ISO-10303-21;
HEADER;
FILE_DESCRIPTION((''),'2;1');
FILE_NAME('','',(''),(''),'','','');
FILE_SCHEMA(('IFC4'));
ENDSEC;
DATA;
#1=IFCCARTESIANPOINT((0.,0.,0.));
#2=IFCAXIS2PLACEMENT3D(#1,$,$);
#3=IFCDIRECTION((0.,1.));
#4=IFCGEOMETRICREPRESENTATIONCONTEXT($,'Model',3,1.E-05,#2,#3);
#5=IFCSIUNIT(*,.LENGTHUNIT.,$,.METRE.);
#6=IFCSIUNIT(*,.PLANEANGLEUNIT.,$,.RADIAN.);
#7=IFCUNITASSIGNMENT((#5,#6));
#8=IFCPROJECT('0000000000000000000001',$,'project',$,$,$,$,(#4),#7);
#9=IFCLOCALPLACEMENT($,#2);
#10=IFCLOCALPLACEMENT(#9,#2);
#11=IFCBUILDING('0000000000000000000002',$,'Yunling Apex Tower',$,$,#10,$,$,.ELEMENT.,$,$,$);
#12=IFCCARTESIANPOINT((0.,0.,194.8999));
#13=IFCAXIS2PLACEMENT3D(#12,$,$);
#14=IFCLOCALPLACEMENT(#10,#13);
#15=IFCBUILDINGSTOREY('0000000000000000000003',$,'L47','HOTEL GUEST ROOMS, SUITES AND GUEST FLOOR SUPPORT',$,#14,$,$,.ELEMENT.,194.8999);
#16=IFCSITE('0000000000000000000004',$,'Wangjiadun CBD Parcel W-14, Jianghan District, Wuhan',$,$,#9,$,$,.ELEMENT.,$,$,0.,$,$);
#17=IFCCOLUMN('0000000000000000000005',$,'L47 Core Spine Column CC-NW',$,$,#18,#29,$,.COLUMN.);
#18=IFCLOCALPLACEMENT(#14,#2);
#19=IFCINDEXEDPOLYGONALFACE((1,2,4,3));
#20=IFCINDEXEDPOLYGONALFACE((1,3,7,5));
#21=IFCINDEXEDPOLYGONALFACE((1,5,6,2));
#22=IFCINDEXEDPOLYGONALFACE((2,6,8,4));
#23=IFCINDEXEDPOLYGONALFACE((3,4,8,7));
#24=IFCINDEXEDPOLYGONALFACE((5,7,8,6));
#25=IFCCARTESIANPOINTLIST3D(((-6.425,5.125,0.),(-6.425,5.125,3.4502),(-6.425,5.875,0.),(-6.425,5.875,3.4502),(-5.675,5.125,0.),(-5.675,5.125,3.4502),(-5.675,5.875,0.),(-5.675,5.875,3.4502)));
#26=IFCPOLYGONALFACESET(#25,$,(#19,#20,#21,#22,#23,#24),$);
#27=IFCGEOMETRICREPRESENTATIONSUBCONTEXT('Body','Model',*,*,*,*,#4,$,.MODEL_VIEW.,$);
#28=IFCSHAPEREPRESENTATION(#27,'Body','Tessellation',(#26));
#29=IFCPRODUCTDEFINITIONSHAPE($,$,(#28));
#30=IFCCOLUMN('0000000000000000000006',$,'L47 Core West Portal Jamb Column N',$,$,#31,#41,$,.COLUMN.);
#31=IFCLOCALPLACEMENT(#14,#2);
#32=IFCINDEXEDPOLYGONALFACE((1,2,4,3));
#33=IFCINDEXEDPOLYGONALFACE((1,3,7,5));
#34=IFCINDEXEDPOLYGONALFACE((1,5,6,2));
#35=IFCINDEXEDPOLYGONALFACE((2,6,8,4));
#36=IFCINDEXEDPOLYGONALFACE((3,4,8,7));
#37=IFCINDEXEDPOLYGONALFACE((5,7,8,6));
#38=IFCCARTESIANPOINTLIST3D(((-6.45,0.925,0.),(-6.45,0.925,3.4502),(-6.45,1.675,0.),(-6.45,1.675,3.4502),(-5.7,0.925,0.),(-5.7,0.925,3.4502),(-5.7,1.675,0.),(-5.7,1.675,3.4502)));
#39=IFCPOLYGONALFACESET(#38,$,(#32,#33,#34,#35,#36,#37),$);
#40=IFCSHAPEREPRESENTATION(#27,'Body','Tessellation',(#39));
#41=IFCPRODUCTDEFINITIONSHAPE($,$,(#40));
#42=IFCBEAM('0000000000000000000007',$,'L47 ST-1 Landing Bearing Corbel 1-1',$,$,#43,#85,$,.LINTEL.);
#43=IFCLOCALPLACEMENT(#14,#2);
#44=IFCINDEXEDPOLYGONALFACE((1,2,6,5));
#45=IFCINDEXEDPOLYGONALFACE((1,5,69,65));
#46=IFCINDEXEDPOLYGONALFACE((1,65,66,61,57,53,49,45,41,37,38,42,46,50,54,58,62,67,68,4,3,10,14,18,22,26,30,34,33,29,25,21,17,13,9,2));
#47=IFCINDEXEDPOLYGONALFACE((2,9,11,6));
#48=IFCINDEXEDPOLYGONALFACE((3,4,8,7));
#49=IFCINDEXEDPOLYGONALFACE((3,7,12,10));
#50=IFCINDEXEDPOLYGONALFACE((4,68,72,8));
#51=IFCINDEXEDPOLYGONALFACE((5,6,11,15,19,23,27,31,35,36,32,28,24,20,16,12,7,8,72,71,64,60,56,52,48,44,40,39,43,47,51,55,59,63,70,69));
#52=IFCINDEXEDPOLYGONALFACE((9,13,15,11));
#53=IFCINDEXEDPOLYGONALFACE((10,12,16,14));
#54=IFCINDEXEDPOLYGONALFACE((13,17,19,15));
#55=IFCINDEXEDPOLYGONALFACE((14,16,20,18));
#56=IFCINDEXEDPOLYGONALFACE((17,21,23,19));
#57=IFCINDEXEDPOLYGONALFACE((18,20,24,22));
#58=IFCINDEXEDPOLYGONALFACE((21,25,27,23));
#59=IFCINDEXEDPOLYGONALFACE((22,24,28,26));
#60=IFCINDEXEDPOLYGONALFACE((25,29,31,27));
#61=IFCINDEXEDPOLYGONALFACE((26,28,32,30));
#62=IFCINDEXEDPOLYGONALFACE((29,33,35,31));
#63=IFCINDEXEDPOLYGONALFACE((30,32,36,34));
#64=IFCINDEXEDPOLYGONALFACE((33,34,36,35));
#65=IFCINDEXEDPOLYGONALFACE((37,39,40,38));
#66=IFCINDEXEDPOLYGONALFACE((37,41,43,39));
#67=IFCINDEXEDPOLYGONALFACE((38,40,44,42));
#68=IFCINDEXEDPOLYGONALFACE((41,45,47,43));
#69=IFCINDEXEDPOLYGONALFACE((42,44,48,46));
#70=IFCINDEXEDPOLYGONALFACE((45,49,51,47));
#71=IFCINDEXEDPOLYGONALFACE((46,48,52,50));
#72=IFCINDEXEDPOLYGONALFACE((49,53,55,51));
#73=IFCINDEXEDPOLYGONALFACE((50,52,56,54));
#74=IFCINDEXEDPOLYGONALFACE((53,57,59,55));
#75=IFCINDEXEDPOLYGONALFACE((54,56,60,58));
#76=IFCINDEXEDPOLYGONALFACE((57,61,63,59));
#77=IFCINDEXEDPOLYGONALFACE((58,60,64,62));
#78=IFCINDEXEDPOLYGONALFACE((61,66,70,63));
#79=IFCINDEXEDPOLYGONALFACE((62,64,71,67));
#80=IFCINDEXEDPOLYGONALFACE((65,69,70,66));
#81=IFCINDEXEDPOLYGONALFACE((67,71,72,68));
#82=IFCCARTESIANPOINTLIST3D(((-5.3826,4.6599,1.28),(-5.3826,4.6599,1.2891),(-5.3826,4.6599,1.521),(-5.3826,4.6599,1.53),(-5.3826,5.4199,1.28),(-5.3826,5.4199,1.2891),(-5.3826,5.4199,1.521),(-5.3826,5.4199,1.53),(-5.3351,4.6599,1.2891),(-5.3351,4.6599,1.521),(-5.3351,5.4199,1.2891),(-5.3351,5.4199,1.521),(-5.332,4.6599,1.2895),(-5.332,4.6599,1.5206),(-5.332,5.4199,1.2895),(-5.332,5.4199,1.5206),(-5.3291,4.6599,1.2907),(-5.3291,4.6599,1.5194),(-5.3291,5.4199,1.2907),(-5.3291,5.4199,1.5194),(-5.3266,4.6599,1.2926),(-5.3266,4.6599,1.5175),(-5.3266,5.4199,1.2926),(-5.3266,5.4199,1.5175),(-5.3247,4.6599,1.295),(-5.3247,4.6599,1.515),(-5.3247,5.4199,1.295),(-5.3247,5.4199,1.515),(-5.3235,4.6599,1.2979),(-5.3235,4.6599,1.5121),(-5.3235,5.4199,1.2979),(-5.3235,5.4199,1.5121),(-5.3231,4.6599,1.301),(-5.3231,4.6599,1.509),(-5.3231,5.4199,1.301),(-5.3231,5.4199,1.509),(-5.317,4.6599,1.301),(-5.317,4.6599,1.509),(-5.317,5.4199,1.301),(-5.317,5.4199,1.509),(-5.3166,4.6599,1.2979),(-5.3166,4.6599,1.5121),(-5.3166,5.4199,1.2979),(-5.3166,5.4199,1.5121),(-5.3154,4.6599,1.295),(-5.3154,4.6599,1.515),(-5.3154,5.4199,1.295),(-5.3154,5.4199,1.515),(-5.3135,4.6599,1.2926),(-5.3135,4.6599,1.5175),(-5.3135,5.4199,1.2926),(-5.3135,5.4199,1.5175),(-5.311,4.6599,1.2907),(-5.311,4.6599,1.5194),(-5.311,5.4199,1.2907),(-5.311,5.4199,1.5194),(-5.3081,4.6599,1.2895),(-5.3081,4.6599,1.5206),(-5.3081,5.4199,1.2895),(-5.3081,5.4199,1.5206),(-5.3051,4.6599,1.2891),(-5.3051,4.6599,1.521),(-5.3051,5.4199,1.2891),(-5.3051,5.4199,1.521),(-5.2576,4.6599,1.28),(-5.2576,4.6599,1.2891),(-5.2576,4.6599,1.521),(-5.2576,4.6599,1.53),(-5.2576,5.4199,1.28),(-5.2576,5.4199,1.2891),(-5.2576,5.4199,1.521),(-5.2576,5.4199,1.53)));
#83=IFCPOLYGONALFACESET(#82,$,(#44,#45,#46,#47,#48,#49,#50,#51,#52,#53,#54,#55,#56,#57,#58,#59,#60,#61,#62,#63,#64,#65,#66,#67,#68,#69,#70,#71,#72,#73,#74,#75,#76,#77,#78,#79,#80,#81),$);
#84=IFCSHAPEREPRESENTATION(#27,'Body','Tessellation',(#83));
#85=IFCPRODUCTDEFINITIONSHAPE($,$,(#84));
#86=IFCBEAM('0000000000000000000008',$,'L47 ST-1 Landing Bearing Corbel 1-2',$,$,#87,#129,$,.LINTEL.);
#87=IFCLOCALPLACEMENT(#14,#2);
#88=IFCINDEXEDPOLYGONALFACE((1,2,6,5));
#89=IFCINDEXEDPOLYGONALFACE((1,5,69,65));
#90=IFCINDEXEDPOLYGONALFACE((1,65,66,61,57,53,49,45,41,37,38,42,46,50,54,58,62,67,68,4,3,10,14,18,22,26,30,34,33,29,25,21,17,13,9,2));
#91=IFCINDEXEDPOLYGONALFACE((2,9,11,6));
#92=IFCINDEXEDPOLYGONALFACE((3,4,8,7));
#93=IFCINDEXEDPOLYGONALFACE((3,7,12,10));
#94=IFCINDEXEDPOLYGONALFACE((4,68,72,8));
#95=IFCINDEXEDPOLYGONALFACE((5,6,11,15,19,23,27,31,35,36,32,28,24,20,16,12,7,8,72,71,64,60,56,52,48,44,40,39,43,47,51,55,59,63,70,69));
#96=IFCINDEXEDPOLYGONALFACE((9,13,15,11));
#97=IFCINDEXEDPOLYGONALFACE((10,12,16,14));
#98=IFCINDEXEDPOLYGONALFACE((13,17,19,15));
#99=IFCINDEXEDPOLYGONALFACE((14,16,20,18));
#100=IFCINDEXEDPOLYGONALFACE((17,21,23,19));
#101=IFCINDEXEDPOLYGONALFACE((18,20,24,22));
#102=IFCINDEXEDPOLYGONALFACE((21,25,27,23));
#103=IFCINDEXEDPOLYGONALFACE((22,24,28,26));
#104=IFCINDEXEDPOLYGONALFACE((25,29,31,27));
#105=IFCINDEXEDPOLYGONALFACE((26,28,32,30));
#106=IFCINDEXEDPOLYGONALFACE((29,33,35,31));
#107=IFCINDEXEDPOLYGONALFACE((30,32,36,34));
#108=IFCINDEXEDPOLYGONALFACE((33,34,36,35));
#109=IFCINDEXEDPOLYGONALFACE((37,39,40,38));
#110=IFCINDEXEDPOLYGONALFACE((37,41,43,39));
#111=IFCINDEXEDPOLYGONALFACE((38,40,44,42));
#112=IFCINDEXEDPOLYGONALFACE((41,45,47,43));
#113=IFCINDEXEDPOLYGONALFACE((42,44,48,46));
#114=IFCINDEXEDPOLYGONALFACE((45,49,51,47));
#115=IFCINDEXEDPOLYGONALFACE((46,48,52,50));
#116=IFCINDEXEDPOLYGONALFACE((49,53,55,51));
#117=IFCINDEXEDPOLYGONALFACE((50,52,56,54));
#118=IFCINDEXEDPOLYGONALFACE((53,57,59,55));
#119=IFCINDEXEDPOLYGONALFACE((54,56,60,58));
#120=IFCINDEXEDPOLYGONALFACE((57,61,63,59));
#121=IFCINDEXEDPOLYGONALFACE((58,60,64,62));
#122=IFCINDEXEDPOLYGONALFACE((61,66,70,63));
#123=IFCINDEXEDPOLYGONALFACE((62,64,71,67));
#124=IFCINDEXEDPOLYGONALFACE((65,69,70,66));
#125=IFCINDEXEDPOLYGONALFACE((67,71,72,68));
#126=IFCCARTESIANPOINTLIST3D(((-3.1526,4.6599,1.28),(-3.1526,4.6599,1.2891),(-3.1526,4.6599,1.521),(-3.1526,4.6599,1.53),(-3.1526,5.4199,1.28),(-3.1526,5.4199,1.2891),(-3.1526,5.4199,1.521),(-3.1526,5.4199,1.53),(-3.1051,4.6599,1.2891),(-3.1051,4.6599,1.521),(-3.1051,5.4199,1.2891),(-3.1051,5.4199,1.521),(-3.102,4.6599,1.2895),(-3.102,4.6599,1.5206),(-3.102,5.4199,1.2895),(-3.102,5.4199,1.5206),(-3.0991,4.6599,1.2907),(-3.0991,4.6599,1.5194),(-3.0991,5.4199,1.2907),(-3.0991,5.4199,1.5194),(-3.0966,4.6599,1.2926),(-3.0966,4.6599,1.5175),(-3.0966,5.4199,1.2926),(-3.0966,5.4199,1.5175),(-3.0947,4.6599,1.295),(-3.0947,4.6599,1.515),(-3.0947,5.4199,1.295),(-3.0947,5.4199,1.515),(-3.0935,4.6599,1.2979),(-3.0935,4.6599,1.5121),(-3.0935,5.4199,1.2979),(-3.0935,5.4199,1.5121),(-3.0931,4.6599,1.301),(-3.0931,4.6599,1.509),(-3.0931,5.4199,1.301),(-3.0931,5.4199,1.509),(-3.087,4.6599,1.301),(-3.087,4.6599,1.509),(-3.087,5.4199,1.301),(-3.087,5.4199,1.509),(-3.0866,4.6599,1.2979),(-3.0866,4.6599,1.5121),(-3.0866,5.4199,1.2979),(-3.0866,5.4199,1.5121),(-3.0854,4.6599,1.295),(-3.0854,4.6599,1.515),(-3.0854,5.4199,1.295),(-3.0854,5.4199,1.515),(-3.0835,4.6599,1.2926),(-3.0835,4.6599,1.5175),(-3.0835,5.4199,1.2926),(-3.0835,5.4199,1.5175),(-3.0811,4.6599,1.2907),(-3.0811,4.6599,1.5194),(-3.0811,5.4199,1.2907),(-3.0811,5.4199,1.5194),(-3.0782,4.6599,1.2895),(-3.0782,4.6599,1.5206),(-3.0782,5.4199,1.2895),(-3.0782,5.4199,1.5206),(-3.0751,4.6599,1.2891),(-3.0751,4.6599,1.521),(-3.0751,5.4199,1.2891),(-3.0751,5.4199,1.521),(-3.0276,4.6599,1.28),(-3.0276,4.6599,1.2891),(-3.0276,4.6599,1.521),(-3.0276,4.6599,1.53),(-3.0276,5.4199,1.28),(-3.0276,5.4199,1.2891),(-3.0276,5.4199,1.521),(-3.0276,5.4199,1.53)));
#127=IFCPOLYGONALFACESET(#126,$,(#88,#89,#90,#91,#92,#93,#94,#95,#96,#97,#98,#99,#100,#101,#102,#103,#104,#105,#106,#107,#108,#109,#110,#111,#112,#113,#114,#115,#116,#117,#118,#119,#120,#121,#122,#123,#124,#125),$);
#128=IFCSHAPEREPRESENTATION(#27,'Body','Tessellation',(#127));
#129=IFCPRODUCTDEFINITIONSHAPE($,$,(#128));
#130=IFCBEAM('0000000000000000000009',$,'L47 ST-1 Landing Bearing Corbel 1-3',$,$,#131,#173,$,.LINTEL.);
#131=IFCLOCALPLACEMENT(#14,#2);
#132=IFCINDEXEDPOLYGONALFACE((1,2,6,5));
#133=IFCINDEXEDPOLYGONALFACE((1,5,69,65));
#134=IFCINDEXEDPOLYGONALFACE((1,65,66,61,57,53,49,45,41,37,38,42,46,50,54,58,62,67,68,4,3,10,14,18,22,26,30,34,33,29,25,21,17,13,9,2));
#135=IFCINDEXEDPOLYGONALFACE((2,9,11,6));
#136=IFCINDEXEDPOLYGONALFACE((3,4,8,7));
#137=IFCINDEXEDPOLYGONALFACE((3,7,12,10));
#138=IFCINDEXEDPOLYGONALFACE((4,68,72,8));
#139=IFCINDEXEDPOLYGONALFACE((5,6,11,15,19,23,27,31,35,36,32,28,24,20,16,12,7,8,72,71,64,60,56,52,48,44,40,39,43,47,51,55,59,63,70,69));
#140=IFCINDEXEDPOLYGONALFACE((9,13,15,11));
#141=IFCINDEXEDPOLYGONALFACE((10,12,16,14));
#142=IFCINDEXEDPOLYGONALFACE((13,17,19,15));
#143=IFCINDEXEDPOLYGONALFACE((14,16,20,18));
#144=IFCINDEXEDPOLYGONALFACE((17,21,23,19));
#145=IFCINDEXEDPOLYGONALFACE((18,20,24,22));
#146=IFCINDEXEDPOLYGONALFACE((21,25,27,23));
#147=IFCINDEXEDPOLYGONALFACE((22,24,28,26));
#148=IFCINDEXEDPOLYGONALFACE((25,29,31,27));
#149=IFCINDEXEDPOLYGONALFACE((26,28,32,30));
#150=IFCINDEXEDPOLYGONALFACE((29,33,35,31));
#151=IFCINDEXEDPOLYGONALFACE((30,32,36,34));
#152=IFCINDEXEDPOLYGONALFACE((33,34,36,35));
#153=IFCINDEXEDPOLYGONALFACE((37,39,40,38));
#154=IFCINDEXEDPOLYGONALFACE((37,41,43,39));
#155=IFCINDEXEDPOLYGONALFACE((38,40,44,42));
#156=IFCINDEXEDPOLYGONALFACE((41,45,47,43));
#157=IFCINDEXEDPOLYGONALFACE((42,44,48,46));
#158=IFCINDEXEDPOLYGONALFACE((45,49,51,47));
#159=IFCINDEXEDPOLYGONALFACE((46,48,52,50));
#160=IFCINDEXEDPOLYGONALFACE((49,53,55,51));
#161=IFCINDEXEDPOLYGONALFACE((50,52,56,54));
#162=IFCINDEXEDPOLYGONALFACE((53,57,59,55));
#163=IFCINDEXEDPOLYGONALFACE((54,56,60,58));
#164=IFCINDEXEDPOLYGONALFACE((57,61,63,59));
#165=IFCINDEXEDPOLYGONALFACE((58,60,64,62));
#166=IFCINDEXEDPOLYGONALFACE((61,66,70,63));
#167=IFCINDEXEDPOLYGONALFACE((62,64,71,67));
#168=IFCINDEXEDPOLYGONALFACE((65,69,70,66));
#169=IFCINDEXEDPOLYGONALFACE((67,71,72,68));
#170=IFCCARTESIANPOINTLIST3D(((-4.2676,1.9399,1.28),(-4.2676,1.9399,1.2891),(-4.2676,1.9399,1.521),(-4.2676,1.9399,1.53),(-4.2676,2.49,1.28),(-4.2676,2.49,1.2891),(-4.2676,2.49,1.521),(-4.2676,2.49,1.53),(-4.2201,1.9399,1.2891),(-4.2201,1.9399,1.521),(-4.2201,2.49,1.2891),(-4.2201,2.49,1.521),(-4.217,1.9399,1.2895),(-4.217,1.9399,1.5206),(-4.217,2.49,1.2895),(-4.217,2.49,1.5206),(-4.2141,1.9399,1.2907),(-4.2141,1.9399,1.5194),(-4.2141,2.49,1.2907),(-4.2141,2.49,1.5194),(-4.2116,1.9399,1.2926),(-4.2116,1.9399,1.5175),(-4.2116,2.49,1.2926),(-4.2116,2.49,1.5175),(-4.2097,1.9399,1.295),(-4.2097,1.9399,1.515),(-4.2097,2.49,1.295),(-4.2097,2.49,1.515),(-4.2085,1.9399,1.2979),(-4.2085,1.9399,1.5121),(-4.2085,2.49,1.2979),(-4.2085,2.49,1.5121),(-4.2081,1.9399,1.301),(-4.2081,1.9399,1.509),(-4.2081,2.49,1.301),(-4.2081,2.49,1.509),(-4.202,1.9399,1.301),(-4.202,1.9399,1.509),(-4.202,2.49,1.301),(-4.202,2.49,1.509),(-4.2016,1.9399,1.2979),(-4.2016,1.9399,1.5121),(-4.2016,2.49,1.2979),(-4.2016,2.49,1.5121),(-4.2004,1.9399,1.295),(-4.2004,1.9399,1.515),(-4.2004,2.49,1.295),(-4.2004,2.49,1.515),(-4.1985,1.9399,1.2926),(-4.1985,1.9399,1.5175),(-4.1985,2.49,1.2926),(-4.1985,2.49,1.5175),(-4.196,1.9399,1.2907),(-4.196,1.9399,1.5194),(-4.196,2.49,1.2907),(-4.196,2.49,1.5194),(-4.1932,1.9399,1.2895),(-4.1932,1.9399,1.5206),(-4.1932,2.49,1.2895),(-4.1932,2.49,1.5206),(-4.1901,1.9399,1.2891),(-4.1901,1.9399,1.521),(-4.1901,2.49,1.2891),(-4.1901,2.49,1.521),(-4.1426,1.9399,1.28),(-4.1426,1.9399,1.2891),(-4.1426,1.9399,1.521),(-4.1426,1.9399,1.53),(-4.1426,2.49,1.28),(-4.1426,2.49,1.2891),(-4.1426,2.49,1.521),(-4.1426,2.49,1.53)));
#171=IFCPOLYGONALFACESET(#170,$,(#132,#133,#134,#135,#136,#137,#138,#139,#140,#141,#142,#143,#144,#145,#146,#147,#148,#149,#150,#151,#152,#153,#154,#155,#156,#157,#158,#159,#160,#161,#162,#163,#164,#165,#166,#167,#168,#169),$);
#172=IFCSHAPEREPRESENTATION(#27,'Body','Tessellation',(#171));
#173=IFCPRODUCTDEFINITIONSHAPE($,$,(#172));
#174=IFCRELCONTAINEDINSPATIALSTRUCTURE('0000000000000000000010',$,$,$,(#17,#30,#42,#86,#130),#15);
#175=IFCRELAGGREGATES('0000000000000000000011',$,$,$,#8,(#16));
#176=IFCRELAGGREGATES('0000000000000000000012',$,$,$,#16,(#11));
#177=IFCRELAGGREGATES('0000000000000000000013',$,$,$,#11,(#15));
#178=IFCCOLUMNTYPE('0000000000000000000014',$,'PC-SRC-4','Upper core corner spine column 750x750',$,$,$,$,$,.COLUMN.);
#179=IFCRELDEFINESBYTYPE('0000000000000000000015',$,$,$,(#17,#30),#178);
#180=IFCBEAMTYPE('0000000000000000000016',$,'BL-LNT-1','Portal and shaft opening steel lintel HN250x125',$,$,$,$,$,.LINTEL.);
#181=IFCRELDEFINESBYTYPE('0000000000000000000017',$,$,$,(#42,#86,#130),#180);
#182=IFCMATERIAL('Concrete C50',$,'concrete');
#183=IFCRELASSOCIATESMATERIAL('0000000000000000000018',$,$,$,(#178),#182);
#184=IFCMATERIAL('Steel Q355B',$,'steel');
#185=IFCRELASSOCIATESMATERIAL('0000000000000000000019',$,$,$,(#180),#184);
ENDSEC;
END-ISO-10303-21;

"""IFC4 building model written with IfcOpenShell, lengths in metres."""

from ifc_helpers import new_model, si_unit, direction, frame, origin, origin_2d, place, context, subcontext, project, spatial, rectangle, i_section, extrude, source, transform, mapped, material, material_profile, profile_set, type_object, element, save


model = new_model("IFC4")

# Units and contexts
model_context = context("Model", 3, precision=1e-05, world=origin(), true_north=direction((0.0, 1.0)))
body_context = subcontext(model_context, "Body", "Model", "MODEL_VIEW")
ifc_project = project(units=[si_unit("LENGTHUNIT", "METRE"), si_unit("PLANEANGLEUNIT", "RADIAN")], contexts=[model_context])

# Site, building, storey
site_placement = place(None, origin())
site = spatial("IfcSite", under=ifc_project, at=site_placement, Name="Wangjiadun CBD Parcel W-14, Jianghan District, Wuhan", CompositionType="ELEMENT", RefElevation=0.0)
building_placement = place(site_placement, origin())
building = spatial("IfcBuilding", under=site, at=building_placement, Name="Yunling Apex Tower", CompositionType="ELEMENT")
storey_placement = place(building_placement, frame((0.0, 0.0, 194.8999)))
storey = spatial("IfcBuildingStorey", under=building, at=storey_placement, Name="L47", Description="HOTEL GUEST ROOMS, SUITES AND GUEST FLOOR SUPPORT", CompositionType="ELEMENT", Elevation=194.8999)

# Columns
ifc_material_1 = material(Name="Concrete C50", Category="concrete")
ifc_material_profile_1 = material_profile(ifc_material_1, rectangle(XDim=0.75, YDim=0.75, at=origin_2d()))
ifc_profile_set_1 = profile_set([ifc_material_profile_1], Name="Concrete C50")
column_type = type_object("IfcColumnType", Name="PC-SRC-4", Description="Upper core corner spine column 750x750", PredefinedType="COLUMN", material=ifc_profile_set_1)
shared_shape_1 = source(origin(), body_context, "Body", "SweptSolid", [
    extrude(rectangle(XDim=0.75, YDim=0.75, at=origin_2d()), origin(), (0.0, 0.0, 1.0), 3.4502),
])
for number, where, z_axis, x_axis, name in (
    (1, (-6.05, 5.5, 0.0), (0.0, 0.0, 1.0), (1.0, 0.0, 0.0), "L47 Core Spine Column CC-NW"),
    (2, (-6.075, 1.3, 0.0), (0.0, 0.0, 1.0), (1.0, 0.0, 0.0), "L47 Core West Portal Jamb Column N"),
):
    element("IfcColumn", number, at=place(storey_placement, frame(where, z_axis=z_axis, x_axis=x_axis)), inside=storey, type_object=column_type, Name=name, PredefinedType="COLUMN", context=body_context, shape_type="MappedRepresentation", body=[
        mapped(shared_shape_1, transform((0.0, 0.0, 0.0), scale=1.0)),
    ])

# Beams
ifc_material_2 = material(Name="Steel Q355B", Category="steel")
ifc_material_profile_2 = material_profile(ifc_material_2, i_section(OverallWidth=0.125, OverallDepth=0.25, WebThickness=0.0061, FlangeThickness=0.009, FilletRadius=0.012, at=origin_2d()))
ifc_profile_set_2 = profile_set([ifc_material_profile_2], Name="Steel Q355B")
beam_type = type_object("IfcBeamType", Name="BL-LNT-1", Description="Portal and shaft opening steel lintel HN250x125", PredefinedType="LINTEL", material=ifc_profile_set_2)
shared_shape_2 = source(origin(), body_context, "Body", "SweptSolid", [
    extrude(i_section(OverallWidth=0.125, OverallDepth=0.25, WebThickness=0.0061, FlangeThickness=0.009, FilletRadius=0.012, at=origin_2d()), origin(), (0.0, 0.0, 1.0), 0.76),
])
for number, where, z_axis, x_axis, name in (
    (3, (-5.3201, 5.4199, 1.405), (0.0, -1.0, 0.0), (1.0, 0.0, 0.0), "L47 ST-1 Landing Bearing Corbel 1-1"),
    (4, (-3.0901, 5.4199, 1.405), (0.0, -1.0, 0.0), (1.0, 0.0, 0.0), "L47 ST-1 Landing Bearing Corbel 1-2"),
):
    element("IfcBeam", number, at=place(storey_placement, frame(where, z_axis=z_axis, x_axis=x_axis)), inside=storey, type_object=beam_type, Name=name, PredefinedType="LINTEL", context=body_context, shape_type="MappedRepresentation", body=[
        mapped(shared_shape_2, transform((0.0, 0.0, 0.0), scale=1.0)),
    ])
shared_shape_3 = source(origin(), body_context, "Body", "SweptSolid", [
    extrude(i_section(OverallWidth=0.125, OverallDepth=0.25, WebThickness=0.0061, FlangeThickness=0.009, FilletRadius=0.012, at=origin_2d()), origin(), (0.0, 0.0, 1.0), 0.55),
])
beam_placement = place(storey_placement, frame((-4.2051, 1.9399, 1.405), z_axis=(0.0, 1.0, 0.0), x_axis=(-1.0, 0.0, 0.0)))
element("IfcBeam", 5, at=beam_placement, inside=storey, type_object=beam_type, Name="L47 ST-1 Landing Bearing Corbel 1-3", PredefinedType="LINTEL", context=body_context, shape_type="MappedRepresentation", body=[
    mapped(shared_shape_3, transform((0.0, 0.0, 0.0), scale=1.0)),
])

save(model, "model.ifc")
